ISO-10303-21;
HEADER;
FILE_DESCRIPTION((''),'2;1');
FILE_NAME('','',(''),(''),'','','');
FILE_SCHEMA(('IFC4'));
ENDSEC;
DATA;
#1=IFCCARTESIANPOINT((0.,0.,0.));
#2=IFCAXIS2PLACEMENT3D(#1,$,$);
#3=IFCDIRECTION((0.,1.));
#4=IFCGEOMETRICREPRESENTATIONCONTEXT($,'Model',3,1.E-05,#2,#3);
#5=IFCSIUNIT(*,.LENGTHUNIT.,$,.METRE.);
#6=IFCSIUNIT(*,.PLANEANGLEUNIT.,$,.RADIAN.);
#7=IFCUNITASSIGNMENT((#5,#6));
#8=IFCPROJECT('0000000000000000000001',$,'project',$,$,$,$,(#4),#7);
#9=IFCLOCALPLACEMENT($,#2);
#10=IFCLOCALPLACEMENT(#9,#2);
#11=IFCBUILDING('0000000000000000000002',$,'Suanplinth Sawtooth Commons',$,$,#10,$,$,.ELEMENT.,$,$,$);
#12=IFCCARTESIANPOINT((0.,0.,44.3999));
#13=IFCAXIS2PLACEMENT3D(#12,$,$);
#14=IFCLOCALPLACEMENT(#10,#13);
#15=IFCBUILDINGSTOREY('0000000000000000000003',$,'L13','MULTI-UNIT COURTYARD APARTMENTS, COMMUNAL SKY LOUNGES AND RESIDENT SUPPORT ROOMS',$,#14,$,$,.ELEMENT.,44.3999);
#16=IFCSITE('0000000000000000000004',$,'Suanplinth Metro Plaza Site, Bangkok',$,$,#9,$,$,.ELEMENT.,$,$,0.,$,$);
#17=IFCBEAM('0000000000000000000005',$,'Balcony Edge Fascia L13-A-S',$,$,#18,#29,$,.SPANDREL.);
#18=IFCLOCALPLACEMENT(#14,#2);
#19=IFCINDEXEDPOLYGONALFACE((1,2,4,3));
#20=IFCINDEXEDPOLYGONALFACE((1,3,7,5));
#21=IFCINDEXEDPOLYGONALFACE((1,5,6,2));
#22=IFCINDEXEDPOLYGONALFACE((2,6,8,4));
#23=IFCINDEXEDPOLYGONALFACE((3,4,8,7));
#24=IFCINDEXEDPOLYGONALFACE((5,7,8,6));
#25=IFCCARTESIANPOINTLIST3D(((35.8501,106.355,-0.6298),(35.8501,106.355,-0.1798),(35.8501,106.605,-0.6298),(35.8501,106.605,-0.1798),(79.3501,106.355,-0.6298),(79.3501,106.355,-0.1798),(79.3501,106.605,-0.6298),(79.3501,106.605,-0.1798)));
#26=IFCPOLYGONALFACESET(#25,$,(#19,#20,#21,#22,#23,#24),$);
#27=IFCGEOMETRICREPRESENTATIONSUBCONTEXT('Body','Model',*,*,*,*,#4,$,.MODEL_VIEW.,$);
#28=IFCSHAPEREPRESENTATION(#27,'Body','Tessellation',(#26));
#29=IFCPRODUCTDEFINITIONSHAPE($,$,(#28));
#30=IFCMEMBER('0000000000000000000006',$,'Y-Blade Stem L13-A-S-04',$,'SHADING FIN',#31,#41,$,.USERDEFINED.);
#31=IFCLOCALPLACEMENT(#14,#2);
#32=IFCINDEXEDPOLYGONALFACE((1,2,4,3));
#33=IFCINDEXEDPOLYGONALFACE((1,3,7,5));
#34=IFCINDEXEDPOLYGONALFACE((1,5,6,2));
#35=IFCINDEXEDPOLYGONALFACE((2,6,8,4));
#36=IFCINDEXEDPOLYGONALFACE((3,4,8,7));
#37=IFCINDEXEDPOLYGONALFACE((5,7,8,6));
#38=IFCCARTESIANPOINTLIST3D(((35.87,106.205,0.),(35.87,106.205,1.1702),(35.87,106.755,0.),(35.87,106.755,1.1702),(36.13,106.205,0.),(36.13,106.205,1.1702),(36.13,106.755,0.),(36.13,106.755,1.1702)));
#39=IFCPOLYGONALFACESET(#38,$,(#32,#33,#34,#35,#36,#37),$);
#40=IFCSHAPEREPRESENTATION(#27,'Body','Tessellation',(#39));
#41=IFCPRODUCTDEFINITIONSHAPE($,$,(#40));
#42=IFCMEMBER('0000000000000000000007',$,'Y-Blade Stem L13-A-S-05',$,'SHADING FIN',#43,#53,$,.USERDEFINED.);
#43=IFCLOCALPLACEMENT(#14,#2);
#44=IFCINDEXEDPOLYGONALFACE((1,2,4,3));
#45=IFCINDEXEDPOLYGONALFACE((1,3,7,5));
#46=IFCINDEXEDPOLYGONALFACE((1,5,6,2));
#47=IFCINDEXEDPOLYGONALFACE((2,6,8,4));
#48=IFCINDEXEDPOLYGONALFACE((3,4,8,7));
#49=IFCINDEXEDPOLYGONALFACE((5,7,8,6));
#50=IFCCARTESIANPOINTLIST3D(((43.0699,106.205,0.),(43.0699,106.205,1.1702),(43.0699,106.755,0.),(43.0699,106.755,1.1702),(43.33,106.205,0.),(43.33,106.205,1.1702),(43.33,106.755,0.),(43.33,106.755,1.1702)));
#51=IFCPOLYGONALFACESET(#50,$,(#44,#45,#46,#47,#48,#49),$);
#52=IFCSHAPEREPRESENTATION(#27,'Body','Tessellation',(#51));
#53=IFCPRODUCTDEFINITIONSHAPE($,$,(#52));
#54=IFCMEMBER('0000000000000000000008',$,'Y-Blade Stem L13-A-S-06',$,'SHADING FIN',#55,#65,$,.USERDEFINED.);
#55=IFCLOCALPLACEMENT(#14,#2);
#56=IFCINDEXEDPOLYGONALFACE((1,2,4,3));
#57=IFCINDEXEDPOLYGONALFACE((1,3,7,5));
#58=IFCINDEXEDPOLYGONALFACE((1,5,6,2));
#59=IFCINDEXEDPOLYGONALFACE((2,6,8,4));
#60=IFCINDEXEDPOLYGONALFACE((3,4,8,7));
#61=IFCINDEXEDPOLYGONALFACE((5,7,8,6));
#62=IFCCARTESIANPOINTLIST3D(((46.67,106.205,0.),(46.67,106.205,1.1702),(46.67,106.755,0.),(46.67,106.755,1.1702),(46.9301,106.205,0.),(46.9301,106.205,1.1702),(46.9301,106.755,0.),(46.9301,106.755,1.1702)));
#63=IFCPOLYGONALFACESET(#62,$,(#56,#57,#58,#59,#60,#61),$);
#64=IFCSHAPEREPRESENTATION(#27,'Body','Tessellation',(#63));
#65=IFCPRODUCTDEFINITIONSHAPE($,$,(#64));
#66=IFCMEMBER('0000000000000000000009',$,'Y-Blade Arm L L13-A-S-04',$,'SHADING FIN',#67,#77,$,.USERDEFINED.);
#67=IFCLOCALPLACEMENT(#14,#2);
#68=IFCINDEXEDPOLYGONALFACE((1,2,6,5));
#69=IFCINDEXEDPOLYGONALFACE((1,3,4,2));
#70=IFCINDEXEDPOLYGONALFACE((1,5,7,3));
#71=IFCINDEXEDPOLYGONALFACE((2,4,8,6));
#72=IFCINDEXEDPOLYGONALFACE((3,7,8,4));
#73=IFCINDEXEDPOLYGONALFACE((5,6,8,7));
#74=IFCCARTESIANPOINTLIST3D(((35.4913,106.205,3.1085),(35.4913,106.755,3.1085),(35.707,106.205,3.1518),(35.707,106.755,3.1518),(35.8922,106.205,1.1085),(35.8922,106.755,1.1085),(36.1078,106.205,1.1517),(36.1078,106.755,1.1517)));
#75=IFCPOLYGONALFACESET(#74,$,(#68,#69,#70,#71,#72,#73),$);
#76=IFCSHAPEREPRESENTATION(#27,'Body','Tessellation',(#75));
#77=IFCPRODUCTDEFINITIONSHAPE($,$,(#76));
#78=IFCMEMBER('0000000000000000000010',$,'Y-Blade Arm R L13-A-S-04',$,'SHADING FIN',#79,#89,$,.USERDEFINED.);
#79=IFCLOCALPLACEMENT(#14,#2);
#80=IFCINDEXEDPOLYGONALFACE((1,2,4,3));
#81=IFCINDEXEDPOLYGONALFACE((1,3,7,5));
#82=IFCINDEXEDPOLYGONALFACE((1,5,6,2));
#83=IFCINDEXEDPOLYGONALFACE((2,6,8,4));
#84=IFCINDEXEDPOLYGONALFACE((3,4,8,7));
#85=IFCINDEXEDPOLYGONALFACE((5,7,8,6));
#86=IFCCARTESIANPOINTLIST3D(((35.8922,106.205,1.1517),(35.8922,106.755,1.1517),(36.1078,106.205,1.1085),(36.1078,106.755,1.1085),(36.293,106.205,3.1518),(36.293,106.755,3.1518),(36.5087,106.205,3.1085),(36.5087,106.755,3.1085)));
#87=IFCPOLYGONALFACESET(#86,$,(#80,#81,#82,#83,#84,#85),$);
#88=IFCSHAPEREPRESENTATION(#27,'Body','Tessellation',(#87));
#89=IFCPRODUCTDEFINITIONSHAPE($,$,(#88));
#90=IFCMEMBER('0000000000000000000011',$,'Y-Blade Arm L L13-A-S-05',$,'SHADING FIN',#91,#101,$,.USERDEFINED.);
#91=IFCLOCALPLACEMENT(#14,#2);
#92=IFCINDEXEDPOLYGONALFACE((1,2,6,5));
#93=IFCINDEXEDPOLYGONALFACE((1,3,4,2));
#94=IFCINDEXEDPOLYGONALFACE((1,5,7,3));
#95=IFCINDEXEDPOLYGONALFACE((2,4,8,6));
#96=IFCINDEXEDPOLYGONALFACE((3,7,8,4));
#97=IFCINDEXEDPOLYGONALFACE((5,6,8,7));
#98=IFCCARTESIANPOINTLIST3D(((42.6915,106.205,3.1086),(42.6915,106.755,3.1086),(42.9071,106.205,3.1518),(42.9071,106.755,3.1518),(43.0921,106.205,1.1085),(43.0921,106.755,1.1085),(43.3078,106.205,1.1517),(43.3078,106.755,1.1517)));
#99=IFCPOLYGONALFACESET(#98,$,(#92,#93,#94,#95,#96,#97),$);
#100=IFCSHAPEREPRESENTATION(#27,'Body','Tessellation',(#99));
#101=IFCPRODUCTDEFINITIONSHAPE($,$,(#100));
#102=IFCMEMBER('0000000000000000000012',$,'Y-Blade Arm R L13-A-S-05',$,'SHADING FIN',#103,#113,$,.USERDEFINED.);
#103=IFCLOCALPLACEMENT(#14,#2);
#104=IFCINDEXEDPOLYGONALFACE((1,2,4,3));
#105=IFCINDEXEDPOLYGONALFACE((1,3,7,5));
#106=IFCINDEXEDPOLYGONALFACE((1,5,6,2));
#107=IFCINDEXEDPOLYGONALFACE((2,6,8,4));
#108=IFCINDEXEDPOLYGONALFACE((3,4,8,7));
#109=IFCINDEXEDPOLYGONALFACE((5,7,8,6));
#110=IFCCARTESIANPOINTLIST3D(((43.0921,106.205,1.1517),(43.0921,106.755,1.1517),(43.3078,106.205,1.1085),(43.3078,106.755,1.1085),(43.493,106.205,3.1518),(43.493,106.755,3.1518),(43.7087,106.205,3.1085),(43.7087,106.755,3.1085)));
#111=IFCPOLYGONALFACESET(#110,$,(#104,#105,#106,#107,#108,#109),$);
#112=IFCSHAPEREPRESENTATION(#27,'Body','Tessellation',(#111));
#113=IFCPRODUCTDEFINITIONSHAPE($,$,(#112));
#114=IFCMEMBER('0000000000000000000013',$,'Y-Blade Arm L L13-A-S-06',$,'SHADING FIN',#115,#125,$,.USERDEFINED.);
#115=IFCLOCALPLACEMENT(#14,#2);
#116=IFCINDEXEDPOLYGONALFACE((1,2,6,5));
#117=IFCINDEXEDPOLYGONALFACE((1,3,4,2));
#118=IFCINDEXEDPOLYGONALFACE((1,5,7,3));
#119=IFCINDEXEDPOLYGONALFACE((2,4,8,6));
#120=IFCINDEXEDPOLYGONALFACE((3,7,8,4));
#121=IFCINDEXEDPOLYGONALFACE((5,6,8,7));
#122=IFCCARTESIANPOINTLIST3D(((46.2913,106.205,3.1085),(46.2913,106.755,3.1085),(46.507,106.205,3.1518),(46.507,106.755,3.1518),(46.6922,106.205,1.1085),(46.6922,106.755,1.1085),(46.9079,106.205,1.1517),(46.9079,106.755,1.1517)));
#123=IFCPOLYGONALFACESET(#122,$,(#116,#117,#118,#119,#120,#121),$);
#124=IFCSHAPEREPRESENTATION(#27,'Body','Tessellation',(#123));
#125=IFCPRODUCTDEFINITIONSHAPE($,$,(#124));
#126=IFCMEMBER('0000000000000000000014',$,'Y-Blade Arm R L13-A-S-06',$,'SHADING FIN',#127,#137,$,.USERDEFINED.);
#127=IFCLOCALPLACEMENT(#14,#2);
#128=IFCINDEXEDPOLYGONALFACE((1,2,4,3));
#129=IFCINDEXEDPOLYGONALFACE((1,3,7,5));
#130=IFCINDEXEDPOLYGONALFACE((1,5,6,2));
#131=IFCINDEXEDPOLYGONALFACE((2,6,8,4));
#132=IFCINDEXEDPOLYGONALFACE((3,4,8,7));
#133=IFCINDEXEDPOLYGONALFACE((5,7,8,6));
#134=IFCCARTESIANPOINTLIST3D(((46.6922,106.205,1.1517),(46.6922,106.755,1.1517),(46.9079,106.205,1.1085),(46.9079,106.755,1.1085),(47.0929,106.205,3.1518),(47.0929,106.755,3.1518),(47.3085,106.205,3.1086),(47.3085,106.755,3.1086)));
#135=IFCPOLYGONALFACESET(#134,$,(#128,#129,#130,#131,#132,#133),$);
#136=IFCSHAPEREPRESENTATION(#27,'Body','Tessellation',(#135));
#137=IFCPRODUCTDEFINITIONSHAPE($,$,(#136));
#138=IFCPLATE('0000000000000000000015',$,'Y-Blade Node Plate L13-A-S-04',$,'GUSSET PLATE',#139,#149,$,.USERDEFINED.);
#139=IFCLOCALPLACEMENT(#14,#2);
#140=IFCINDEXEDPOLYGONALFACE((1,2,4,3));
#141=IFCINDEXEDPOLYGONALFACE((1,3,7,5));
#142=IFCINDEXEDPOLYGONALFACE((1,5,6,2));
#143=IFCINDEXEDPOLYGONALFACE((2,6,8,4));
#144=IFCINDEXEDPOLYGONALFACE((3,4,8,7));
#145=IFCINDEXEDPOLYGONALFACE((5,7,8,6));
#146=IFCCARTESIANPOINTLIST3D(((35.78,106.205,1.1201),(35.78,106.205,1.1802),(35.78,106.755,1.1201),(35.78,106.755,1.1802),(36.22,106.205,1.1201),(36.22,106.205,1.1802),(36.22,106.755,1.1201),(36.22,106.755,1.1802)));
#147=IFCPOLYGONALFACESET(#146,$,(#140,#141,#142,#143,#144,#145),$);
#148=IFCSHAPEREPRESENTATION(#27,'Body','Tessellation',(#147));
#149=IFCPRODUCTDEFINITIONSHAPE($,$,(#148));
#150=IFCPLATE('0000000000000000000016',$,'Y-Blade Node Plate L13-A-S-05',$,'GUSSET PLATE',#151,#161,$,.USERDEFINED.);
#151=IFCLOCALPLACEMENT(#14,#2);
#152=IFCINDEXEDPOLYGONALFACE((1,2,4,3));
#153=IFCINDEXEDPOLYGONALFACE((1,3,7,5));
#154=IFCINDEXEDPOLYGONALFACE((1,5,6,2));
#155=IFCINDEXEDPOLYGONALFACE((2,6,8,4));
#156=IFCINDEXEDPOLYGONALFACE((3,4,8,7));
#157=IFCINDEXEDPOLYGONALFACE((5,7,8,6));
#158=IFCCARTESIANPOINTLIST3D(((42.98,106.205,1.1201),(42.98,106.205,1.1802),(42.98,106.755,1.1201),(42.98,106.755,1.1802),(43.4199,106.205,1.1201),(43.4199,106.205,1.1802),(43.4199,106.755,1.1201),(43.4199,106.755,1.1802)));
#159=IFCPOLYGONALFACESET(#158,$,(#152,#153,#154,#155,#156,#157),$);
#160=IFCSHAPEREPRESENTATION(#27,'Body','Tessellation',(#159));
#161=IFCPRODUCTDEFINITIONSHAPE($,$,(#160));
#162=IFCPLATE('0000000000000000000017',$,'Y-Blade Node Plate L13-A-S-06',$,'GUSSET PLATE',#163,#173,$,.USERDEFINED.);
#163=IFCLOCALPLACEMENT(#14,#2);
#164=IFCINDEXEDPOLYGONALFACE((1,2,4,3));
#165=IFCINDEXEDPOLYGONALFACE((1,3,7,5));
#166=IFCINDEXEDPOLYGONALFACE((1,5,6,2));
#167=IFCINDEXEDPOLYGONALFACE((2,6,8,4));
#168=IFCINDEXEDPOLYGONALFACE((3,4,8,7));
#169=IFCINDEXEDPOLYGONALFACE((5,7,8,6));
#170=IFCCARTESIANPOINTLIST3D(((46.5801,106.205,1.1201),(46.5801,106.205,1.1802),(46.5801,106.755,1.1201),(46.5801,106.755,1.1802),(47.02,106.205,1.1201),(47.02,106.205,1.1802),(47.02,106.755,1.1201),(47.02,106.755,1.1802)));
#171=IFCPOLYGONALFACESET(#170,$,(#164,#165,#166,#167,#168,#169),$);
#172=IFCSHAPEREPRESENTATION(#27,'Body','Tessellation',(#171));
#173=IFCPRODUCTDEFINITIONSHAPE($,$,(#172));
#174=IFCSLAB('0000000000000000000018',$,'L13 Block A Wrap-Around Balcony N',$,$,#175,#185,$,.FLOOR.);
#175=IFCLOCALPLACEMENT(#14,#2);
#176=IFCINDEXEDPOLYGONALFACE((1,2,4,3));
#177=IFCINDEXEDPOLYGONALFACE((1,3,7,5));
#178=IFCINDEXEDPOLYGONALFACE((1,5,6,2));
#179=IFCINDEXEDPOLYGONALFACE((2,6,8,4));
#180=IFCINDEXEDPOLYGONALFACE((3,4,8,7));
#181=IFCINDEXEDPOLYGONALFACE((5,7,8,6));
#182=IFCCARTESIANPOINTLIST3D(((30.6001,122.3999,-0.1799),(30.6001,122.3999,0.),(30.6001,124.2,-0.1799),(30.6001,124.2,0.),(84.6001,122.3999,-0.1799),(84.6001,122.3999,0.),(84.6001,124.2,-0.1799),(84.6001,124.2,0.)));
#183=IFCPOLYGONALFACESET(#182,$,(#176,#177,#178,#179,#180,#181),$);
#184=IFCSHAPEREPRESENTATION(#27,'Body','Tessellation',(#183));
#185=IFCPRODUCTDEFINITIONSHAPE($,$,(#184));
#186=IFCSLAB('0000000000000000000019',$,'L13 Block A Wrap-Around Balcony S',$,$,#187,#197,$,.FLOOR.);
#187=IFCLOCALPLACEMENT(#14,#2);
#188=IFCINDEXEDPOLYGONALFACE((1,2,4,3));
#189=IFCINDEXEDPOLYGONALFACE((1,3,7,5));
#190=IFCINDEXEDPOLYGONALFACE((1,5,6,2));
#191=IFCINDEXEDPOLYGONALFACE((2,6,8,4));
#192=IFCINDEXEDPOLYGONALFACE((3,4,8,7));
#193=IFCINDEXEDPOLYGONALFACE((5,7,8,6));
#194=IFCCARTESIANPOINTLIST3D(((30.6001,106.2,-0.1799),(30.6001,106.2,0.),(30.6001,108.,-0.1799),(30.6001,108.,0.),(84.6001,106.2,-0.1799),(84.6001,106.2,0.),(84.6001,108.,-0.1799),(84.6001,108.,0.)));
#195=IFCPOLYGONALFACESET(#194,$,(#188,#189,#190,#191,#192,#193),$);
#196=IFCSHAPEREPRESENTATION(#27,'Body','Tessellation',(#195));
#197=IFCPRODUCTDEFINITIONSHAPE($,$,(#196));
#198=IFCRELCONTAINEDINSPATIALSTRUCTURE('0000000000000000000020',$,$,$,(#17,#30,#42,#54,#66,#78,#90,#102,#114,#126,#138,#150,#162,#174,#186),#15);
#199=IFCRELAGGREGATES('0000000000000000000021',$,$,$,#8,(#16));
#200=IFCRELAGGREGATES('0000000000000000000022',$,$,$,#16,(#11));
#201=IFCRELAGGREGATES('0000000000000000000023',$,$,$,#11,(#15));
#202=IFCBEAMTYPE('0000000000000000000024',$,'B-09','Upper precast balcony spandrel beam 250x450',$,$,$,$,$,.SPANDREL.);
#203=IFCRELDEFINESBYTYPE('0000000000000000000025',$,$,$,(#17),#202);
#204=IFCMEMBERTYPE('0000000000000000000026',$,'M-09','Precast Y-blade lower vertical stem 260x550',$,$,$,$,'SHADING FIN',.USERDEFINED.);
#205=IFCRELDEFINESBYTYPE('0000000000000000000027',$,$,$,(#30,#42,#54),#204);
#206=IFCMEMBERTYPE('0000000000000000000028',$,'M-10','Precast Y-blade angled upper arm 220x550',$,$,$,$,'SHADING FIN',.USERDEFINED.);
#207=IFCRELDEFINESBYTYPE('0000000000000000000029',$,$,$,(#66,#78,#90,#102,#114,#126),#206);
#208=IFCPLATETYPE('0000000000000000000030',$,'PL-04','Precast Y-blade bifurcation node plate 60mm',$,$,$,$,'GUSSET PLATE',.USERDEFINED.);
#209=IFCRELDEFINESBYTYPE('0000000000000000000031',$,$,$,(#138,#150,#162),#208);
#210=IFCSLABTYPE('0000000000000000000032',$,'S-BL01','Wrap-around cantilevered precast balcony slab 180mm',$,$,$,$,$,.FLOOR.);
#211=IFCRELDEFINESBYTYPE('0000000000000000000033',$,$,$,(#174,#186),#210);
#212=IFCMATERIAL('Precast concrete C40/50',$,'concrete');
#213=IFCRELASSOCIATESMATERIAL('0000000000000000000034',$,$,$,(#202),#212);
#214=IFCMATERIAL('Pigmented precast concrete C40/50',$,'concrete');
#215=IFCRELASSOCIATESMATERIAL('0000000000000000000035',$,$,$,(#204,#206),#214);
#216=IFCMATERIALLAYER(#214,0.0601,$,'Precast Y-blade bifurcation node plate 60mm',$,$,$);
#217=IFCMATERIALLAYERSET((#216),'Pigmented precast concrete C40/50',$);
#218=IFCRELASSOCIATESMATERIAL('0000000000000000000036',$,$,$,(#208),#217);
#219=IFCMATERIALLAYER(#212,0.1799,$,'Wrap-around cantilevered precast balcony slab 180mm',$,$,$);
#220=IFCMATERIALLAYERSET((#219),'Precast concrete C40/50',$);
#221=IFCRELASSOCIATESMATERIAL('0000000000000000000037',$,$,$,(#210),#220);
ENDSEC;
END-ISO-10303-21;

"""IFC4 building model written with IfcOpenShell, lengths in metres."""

from ifc_helpers import new_model, si_unit, direction, frame, origin, origin_2d, place, context, subcontext, project, spatial, polyline, rectangle, outline, extrude, material, layer, layer_set, material_profile, profile_set, type_object, element, save


model = new_model("IFC4")

# Units and contexts
model_context = context("Model", 3, precision=1e-05, world=origin(), true_north=direction((0.0, 1.0)))
body_context = subcontext(model_context, "Body", "Model", "MODEL_VIEW")
ifc_project = project(units=[si_unit("LENGTHUNIT", "METRE"), si_unit("PLANEANGLEUNIT", "RADIAN")], contexts=[model_context])

# Site, building, storey
site_placement = place(None, origin())
site = spatial("IfcSite", under=ifc_project, at=site_placement, Name="Suanplinth Metro Plaza Site, Bangkok", CompositionType="ELEMENT", RefElevation=0.0)
building_placement = place(site_placement, origin())
building = spatial("IfcBuilding", under=site, at=building_placement, Name="Suanplinth Sawtooth Commons", CompositionType="ELEMENT")
storey_placement = place(building_placement, frame((0.0, 0.0, 44.3999)))
storey = spatial("IfcBuildingStorey", under=building, at=storey_placement, Name="L13", Description="MULTI-UNIT COURTYARD APARTMENTS, COMMUNAL SKY LOUNGES AND RESIDENT SUPPORT ROOMS", CompositionType="ELEMENT", Elevation=44.3999)

# Beam
ifc_material_1 = material(Name="Precast concrete C40/50", Category="concrete")
ifc_material_profile_1 = material_profile(ifc_material_1, rectangle(XDim=0.25, YDim=0.45, at=origin_2d()), Name="PC-SP 250x450")
ifc_profile_set_1 = profile_set([ifc_material_profile_1], Name="Precast concrete C40/50")
beam_type = type_object("IfcBeamType", Name="B-09", Description="Upper precast balcony spandrel beam 250x450", PredefinedType="SPANDREL", material=ifc_profile_set_1)
beam_placement = place(storey_placement, frame((35.8501, 106.48, -0.4048), z_axis=(1.0, 0.0, 0.0), x_axis=(0.0, 1.0, 0.0)))
element("IfcBeam", 1, at=beam_placement, inside=storey, type_object=beam_type, Name="Balcony Edge Fascia L13-A-S", PredefinedType="SPANDREL", context=body_context, shape_type="SweptSolid", body=[
    extrude(rectangle(XDim=0.25, YDim=0.45, at=origin_2d()), origin(), (0.0, 0.0, 1.0), 43.5),
])

# Members
ifc_material_2 = material(Name="Pigmented precast concrete C40/50", Category="concrete")
ifc_material_profile_2 = material_profile(ifc_material_2, rectangle(XDim=0.26, YDim=0.55, at=origin_2d()), Name="PC-FIN 260x550")
ifc_profile_set_2 = profile_set([ifc_material_profile_2], Name="Pigmented precast concrete C40/50")
member_type_1 = type_object("IfcMemberType", Name="M-09", Description="Precast Y-blade lower vertical stem 260x550", ElementType="SHADING FIN", PredefinedType="USERDEFINED", material=ifc_profile_set_2)
for number, where, z_axis, x_axis, name in (
    (2, (36.0, 106.48, 0.0), (0.0, 0.0, 1.0), (1.0, 0.0, 0.0), "Y-Blade Stem L13-A-S-04"),
    (3, (43.2, 106.48, 0.0), (0.0, 0.0, 1.0), (1.0, 0.0, 0.0), "Y-Blade Stem L13-A-S-05"),
    (4, (46.8, 106.48, 0.0), (0.0, 0.0, 1.0), (1.0, 0.0, 0.0), "Y-Blade Stem L13-A-S-06"),
):
    element("IfcMember", number, at=place(storey_placement, frame(where, z_axis=z_axis, x_axis=x_axis)), inside=storey, type_object=member_type_1, Name=name, ObjectType="SHADING FIN", PredefinedType="USERDEFINED", context=body_context, shape_type="SweptSolid", body=[
        extrude(rectangle(XDim=0.26, YDim=0.55, at=origin_2d()), origin(), (0.0, 0.0, 1.0), 1.1702),
    ])
ifc_material_profile_3 = material_profile(ifc_material_2, rectangle(XDim=0.22, YDim=0.55, at=origin_2d()), Name="PC-FIN 220x550")
ifc_profile_set_3 = profile_set([ifc_material_profile_3], Name="Pigmented precast concrete C40/50")
member_type_2 = type_object("IfcMemberType", Name="M-10", Description="Precast Y-blade angled upper arm 220x550", ElementType="SHADING FIN", PredefinedType="USERDEFINED", material=ifc_profile_set_3)
for number, where, z_axis, x_axis, name in (
    (5, (36.0, 106.48, 1.1301), (-0.19653, 0.0, 0.980498), (0.980498, 0.0, 0.19653), "Y-Blade Arm L L13-A-S-04"),
    (6, (36.0, 106.48, 1.1301), (0.19653, 0.0, 0.980498), (-0.980498, 0.0, 0.19653), "Y-Blade Arm R L13-A-S-04"),
    (7, (43.2, 106.48, 1.1301), (-0.196415, 0.0, 0.980521), (0.980521, 0.0, 0.196415), "Y-Blade Arm L L13-A-S-05"),
    (8, (43.2, 106.48, 1.1301), (0.19653, 0.0, 0.980498), (-0.980498, 0.0, 0.19653), "Y-Blade Arm R L13-A-S-05"),
    (9, (46.8, 106.48, 1.1301), (-0.19653, 0.0, 0.980498), (0.980498, 0.0, 0.19653), "Y-Blade Arm L L13-A-S-06"),
    (10, (46.8, 106.48, 1.1301), (0.196415, 0.0, 0.980521), (-0.980521, 0.0, 0.196415), "Y-Blade Arm R L13-A-S-06"),
):
    element("IfcMember", number, at=place(storey_placement, frame(where, z_axis=z_axis, x_axis=x_axis)), inside=storey, type_object=member_type_2, Name=name, ObjectType="SHADING FIN", PredefinedType="USERDEFINED", context=body_context, shape_type="SweptSolid", body=[
        extrude(rectangle(XDim=0.22, YDim=0.55, at=origin_2d()), origin(), (0.0, 0.0, 1.0), 2.0398),
    ])

# Plates
ifc_layer_1 = layer(ifc_material_2, 0.0601, Name="Precast Y-blade bifurcation node plate 60mm")
ifc_layer_set_1 = layer_set([ifc_layer_1], Name="Pigmented precast concrete C40/50")
plate_type = type_object("IfcPlateType", Name="PL-04", Description="Precast Y-blade bifurcation node plate 60mm", ElementType="GUSSET PLATE", PredefinedType="USERDEFINED", material=ifc_layer_set_1)
for number, where, z_axis, x_axis, name in (
    (11, (36.0, 106.48, 1.1201), (0.0, 0.0, 1.0), (1.0, 0.0, 0.0), "Y-Blade Node Plate L13-A-S-04"),
    (12, (43.2, 106.48, 1.1201), (0.0, 0.0, 1.0), (1.0, 0.0, 0.0), "Y-Blade Node Plate L13-A-S-05"),
    (13, (46.8, 106.48, 1.1201), (0.0, 0.0, 1.0), (1.0, 0.0, 0.0), "Y-Blade Node Plate L13-A-S-06"),
):
    element("IfcPlate", number, at=place(storey_placement, frame(where, z_axis=z_axis, x_axis=x_axis)), inside=storey, type_object=plate_type, Name=name, ObjectType="GUSSET PLATE", PredefinedType="USERDEFINED", context=body_context, shape_type="SweptSolid", body=[
        extrude(rectangle(XDim=0.4399, YDim=0.55, at=origin_2d()), origin(), (0.0, 0.0, 1.0), 0.0601),
    ])

# Slabs
ifc_layer_2 = layer(ifc_material_1, 0.1799, Name="Wrap-around cantilevered precast balcony slab 180mm")
ifc_layer_set_2 = layer_set([ifc_layer_2], Name="Precast concrete C40/50")
slab_type_1 = type_object("IfcSlabType", Name="S-BL01", Description="Wrap-around cantilevered precast balcony slab 180mm", PredefinedType="FLOOR", material=ifc_layer_set_2)
slab_1_placement = place(storey_placement, frame((0.0, 0.0, -0.1799)))
element("IfcSlab", 14, at=slab_1_placement, inside=storey, type_object=slab_type_1, Name="L13 Block A Wrap-Around Balcony N", PredefinedType="FLOOR", context=body_context, shape_type="SweptSolid", body=[
    extrude(outline(polyline([(30.6001, 124.2), (84.6001, 124.2), (84.6001, 122.3999), (30.6001, 122.3999), (30.6001, 124.2)])), origin(), (0.0, 0.0, 1.0), 0.1799),
])
slab_2_placement = place(storey_placement, frame((0.0, 0.0, -0.1799)))
element("IfcSlab", 15, at=slab_2_placement, inside=storey, type_object=slab_type_1, Name="L13 Block A Wrap-Around Balcony S", PredefinedType="FLOOR", context=body_context, shape_type="SweptSolid", body=[
    extrude(outline(polyline([(84.6001, 106.2), (30.6001, 106.2), (30.6001, 108.0), (84.6001, 108.0), (84.6001, 106.2)])), origin(), (0.0, 0.0, 1.0), 0.1799),
])

save(model, "model.ifc")
